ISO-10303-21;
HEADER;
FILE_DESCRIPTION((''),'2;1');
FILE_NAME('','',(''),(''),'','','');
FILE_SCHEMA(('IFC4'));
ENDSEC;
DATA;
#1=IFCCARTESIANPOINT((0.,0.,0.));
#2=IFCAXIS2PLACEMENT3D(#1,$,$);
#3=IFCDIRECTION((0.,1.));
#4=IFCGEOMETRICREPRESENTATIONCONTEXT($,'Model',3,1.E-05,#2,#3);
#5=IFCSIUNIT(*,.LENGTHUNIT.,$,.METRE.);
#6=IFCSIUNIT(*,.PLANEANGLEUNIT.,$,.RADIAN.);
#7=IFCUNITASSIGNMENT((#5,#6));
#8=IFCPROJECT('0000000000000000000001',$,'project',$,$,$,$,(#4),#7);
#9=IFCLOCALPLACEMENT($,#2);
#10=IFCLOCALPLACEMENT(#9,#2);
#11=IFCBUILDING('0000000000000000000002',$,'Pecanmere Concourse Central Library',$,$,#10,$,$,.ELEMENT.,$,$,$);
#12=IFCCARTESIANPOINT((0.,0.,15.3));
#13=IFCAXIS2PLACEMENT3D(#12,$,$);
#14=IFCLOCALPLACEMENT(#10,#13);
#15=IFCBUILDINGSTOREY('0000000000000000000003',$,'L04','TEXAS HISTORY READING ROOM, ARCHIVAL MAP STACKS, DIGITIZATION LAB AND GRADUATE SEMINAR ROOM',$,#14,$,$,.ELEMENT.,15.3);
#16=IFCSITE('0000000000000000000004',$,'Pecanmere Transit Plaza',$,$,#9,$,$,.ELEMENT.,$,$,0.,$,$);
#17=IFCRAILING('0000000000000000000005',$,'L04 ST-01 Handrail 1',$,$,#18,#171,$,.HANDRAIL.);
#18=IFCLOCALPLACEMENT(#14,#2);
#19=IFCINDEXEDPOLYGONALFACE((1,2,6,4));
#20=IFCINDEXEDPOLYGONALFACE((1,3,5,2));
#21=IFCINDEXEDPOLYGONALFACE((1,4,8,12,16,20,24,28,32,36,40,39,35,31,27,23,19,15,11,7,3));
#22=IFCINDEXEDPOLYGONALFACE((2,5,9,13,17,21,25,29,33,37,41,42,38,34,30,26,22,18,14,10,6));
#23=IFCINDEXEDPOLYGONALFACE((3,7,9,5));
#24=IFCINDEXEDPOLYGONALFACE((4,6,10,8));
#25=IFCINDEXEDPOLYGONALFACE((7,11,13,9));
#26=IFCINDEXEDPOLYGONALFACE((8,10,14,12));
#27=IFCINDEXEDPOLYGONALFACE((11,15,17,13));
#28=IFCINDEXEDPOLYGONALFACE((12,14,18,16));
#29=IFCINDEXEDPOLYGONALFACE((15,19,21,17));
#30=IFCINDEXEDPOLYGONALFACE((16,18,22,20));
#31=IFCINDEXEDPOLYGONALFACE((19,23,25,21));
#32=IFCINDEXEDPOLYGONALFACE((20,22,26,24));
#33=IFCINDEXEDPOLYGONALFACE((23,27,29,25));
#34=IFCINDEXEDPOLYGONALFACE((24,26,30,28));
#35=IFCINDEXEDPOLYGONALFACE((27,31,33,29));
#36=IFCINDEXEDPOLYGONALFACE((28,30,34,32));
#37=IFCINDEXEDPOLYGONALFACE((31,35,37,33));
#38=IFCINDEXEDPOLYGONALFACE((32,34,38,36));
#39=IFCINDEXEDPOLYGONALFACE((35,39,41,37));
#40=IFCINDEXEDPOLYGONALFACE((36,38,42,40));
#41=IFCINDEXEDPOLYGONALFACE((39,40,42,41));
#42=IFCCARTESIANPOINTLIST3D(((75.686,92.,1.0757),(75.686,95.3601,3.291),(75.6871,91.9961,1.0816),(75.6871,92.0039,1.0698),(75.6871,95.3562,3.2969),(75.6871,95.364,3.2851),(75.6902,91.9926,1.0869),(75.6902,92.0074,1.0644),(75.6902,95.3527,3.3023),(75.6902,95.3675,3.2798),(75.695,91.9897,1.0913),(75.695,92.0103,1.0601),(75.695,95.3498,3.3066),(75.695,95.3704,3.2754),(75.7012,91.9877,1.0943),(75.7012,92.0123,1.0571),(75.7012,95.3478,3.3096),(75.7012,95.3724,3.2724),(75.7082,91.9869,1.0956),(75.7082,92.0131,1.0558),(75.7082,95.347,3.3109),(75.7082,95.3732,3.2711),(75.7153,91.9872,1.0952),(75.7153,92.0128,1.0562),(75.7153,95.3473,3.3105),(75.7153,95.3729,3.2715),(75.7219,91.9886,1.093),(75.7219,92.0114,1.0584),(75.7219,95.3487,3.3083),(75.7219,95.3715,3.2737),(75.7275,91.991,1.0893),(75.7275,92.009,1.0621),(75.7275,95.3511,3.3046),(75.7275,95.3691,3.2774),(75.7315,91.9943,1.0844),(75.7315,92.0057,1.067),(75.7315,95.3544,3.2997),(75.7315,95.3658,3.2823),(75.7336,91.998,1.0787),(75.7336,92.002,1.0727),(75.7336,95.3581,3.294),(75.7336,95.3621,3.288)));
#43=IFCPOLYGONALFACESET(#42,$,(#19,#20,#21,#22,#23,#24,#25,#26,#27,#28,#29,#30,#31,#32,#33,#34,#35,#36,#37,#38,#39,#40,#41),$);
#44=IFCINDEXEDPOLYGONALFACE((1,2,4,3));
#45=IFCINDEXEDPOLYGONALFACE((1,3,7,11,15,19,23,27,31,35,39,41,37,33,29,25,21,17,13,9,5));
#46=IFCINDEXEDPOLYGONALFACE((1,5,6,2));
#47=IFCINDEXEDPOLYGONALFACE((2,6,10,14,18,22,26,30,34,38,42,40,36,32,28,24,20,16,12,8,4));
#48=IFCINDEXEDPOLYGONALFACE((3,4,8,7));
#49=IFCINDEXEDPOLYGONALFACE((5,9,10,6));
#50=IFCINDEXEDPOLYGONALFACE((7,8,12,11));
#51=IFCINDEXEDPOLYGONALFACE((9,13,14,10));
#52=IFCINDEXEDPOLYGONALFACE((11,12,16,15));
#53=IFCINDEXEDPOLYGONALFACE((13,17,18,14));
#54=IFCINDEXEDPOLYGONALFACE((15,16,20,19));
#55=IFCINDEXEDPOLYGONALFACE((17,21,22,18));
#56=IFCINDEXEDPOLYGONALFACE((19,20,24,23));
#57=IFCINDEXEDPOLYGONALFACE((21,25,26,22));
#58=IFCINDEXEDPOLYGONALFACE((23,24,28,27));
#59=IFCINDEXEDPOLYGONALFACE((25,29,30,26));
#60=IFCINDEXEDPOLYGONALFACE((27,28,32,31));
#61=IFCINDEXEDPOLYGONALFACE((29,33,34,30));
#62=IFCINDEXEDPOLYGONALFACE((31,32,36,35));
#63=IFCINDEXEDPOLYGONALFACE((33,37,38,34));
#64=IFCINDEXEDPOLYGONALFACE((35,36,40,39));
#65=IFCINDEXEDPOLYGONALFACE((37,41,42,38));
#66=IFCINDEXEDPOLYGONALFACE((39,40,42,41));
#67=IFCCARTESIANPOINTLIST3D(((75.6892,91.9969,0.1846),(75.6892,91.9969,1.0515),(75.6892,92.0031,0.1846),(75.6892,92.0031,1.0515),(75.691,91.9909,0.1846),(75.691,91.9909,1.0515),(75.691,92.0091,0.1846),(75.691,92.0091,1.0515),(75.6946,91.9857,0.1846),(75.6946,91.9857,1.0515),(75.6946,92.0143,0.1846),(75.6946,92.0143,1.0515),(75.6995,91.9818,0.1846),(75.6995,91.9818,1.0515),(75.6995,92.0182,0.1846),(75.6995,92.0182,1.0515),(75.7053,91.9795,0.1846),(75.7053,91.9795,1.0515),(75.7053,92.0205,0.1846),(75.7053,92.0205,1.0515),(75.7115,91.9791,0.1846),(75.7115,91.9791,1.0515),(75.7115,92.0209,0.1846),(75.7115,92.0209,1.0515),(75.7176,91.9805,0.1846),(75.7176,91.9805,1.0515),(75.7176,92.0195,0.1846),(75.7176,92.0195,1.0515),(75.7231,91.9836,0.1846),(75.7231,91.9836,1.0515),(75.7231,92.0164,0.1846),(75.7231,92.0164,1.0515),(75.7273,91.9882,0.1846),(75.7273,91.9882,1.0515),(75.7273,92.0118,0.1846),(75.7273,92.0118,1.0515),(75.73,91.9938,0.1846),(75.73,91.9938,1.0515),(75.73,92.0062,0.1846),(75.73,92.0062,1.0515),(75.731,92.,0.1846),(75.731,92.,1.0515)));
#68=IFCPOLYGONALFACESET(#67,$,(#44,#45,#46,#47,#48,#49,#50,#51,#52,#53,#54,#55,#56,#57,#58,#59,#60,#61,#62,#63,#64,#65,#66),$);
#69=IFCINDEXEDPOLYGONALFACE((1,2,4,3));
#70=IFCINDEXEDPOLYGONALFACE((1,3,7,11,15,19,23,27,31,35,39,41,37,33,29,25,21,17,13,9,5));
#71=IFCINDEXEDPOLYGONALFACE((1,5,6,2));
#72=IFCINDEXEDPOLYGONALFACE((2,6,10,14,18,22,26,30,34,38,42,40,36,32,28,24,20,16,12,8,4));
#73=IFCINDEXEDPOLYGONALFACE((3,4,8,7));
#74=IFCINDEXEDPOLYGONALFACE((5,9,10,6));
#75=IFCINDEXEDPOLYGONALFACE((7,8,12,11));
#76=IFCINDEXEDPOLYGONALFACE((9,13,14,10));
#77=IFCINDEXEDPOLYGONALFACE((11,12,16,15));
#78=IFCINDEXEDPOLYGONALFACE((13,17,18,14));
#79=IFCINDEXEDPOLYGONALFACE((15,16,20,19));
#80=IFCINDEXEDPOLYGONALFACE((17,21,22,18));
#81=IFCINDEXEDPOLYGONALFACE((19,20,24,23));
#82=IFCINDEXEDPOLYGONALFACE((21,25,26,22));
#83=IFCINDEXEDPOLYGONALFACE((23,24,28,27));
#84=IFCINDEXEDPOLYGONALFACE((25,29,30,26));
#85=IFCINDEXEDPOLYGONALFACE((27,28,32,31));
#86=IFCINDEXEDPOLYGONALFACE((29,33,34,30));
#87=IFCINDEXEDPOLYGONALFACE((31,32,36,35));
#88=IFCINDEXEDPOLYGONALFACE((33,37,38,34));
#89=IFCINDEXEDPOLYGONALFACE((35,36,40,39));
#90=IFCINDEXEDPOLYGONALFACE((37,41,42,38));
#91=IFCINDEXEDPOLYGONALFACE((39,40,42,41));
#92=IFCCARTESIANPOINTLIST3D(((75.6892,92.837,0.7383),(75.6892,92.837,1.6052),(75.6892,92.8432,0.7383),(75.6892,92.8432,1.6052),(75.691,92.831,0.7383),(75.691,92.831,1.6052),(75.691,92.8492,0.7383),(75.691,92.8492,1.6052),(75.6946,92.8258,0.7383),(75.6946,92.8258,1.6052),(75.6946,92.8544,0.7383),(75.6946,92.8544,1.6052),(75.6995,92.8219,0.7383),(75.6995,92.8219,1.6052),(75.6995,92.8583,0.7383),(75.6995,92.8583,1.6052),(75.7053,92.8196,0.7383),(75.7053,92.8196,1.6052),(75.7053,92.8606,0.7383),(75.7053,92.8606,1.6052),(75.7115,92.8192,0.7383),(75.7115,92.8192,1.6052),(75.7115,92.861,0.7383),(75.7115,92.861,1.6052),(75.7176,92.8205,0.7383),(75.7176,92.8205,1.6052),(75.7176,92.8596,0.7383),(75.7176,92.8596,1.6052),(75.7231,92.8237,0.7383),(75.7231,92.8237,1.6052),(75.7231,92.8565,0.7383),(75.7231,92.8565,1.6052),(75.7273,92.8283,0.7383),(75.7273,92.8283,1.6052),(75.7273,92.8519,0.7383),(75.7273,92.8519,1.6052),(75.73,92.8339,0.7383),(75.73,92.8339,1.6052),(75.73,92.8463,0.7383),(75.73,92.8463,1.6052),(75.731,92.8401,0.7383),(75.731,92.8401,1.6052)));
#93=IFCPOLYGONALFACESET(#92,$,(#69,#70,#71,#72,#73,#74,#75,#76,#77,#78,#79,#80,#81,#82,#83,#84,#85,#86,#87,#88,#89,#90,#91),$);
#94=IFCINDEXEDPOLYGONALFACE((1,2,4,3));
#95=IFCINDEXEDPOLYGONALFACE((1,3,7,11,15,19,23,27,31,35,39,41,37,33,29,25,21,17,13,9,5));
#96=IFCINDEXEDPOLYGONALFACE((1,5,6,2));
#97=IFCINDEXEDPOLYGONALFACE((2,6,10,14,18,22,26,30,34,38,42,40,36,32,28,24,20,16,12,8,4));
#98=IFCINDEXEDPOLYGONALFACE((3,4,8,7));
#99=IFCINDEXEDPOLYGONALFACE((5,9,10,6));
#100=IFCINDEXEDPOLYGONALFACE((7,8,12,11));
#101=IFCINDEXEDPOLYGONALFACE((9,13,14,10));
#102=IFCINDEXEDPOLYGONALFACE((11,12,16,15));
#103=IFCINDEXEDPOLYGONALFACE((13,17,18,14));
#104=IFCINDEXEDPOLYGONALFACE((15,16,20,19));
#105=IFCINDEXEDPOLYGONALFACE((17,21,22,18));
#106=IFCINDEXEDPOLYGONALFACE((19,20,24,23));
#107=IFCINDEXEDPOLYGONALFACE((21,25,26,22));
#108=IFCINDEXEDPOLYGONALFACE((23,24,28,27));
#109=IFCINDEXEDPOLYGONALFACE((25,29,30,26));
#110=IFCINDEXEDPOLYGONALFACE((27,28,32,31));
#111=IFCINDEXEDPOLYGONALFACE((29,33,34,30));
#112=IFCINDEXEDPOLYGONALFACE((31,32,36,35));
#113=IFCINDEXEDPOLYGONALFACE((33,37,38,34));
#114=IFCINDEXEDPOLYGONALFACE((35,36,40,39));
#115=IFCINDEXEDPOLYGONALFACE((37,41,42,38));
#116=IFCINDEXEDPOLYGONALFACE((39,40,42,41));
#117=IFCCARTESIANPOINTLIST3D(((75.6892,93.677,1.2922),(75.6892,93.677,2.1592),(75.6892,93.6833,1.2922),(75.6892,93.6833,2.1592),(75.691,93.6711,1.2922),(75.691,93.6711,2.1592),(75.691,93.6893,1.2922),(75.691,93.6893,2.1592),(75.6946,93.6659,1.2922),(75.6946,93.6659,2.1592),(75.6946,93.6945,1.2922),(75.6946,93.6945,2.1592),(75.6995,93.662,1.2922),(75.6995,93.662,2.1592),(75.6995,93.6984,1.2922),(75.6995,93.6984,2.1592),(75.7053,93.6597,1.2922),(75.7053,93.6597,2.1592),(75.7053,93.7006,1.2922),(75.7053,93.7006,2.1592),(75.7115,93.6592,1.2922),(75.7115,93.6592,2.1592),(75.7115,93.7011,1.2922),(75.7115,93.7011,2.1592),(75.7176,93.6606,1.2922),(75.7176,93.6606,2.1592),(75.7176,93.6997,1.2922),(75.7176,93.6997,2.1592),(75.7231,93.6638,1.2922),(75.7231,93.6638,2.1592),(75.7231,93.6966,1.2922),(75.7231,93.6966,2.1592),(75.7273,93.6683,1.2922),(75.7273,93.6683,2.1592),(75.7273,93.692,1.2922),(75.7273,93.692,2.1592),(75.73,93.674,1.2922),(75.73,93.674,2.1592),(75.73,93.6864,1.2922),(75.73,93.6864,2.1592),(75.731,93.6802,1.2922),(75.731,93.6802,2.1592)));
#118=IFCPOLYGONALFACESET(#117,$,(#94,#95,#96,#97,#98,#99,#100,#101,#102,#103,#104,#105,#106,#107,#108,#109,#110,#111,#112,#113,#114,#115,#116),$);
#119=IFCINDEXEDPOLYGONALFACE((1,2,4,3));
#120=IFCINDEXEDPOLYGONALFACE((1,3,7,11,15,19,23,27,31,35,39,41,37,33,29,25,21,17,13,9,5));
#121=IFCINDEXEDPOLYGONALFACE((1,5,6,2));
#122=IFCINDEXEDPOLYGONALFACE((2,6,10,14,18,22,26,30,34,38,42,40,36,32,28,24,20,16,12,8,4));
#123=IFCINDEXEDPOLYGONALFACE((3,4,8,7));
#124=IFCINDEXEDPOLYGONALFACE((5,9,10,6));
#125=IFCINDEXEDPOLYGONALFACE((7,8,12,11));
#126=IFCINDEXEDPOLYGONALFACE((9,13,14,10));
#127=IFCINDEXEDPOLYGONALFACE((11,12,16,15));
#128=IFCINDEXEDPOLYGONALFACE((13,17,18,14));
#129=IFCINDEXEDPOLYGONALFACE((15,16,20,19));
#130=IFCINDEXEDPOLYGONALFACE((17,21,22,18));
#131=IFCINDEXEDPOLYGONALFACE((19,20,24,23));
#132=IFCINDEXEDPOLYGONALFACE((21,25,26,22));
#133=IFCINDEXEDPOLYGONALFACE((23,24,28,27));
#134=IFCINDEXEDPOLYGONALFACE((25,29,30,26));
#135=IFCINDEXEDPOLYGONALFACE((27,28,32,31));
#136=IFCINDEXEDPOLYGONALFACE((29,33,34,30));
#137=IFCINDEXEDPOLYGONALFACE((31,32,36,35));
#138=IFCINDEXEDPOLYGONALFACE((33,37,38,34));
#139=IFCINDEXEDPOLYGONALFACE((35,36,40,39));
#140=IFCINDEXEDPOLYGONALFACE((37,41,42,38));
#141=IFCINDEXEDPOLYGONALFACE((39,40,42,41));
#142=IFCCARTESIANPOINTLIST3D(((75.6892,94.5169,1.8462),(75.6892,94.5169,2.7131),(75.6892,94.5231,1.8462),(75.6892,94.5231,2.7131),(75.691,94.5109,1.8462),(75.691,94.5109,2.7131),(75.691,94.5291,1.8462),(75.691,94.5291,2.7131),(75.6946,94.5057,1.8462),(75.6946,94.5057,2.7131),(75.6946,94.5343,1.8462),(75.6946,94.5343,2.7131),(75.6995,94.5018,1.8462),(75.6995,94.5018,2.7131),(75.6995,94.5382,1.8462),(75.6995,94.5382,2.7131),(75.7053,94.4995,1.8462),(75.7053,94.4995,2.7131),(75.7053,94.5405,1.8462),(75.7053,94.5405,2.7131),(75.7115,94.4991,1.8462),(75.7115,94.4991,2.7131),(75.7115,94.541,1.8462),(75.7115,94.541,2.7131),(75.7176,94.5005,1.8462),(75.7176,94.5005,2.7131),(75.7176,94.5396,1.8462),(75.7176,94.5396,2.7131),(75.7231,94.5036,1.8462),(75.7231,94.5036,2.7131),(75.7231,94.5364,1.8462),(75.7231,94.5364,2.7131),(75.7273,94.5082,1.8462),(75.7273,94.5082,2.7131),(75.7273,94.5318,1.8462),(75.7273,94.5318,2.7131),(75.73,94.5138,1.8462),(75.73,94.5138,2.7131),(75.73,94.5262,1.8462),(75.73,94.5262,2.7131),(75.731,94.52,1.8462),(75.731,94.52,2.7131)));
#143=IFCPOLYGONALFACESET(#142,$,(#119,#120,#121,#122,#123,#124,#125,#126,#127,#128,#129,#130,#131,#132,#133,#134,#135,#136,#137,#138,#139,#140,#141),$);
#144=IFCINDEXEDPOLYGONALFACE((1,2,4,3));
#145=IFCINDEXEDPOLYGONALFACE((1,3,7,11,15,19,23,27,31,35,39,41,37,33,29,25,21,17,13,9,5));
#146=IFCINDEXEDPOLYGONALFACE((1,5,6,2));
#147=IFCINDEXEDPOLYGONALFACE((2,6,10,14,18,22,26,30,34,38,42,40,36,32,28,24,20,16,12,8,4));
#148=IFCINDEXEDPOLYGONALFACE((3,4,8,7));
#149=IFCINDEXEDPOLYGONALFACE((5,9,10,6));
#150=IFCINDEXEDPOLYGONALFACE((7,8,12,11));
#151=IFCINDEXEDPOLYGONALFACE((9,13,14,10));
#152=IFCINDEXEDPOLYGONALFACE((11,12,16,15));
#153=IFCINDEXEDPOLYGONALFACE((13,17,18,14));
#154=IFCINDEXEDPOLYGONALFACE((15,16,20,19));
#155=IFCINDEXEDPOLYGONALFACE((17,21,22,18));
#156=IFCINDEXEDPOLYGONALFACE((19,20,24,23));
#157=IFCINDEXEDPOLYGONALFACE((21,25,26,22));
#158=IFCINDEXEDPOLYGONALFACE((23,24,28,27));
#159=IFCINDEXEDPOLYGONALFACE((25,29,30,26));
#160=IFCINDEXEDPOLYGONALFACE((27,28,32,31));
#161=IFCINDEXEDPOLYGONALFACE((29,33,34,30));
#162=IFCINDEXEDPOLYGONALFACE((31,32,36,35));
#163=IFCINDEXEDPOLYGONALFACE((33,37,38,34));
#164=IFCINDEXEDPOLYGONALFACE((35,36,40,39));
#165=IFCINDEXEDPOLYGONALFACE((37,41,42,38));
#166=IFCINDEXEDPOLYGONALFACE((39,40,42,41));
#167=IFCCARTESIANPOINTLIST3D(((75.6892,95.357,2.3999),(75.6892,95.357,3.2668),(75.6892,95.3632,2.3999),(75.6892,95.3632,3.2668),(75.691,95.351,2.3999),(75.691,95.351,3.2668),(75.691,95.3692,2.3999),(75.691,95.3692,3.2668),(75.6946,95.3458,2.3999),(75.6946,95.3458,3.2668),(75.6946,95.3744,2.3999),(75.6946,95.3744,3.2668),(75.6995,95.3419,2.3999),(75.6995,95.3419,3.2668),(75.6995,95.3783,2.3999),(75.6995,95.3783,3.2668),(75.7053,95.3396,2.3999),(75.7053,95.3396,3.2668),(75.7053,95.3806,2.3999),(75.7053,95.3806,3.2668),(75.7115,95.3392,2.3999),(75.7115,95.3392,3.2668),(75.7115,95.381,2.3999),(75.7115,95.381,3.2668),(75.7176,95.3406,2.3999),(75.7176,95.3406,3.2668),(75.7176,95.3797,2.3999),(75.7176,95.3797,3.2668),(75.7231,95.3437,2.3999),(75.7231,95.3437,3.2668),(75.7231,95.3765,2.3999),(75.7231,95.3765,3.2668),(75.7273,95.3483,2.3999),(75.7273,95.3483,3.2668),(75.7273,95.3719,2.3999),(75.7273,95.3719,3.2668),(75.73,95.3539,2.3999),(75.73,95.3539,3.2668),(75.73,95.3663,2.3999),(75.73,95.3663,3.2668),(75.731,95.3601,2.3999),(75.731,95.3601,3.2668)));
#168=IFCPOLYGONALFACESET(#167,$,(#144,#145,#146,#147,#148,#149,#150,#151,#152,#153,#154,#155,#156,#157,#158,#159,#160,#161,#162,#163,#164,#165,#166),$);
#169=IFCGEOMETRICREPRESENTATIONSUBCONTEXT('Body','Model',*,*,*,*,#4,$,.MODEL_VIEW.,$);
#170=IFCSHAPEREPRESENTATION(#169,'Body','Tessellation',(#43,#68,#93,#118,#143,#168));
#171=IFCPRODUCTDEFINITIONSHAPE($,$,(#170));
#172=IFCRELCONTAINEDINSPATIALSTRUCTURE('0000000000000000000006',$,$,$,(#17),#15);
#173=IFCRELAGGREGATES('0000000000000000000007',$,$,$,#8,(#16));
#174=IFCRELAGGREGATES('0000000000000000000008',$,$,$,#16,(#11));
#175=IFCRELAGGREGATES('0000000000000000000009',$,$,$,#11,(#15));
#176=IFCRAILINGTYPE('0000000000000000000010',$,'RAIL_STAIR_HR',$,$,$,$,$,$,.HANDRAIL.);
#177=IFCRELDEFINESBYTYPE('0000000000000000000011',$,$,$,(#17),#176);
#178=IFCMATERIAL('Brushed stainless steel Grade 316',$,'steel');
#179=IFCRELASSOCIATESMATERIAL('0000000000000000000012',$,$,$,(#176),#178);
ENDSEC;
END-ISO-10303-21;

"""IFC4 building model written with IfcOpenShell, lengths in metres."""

from ifc_helpers import new_model, si_unit, direction, frame, origin, origin_2d, place, context, subcontext, project, spatial, circle, extrude, material, type_object, element, save


model = new_model("IFC4")

# Units and contexts
model_context = context("Model", 3, precision=1e-05, world=origin(), true_north=direction((0.0, 1.0)))
body_context = subcontext(model_context, "Body", "Model", "MODEL_VIEW")
ifc_project = project(units=[si_unit("LENGTHUNIT", "METRE"), si_unit("PLANEANGLEUNIT", "RADIAN")], contexts=[model_context])

# Site, building, storey
site_placement = place(None, origin())
site = spatial("IfcSite", under=ifc_project, at=site_placement, Name="Pecanmere Transit Plaza", CompositionType="ELEMENT", RefElevation=0.0)
building_placement = place(site_placement, origin())
building = spatial("IfcBuilding", under=site, at=building_placement, Name="Pecanmere Concourse Central Library", CompositionType="ELEMENT")
storey_placement = place(building_placement, frame((0.0, 0.0, 15.3)))
storey = spatial("IfcBuildingStorey", under=building, at=storey_placement, Name="L04", Description="TEXAS HISTORY READING ROOM, ARCHIVAL MAP STACKS, DIGITIZATION LAB AND GRADUATE SEMINAR ROOM", CompositionType="ELEMENT", Elevation=15.3)

# Railing
ifc_material_1 = material(Name="Brushed stainless steel Grade 316", Category="steel")
railing_type_1 = type_object("IfcRailingType", Name="RAIL_STAIR_HR", PredefinedType="HANDRAIL", material=ifc_material_1)
railing_1_placement = place(storey_placement, frame((75.71, 92.0, 0.1846)))
element("IfcRailing", 1, at=railing_1_placement, inside=storey, type_object=railing_type_1, Name="L04 ST-01 Handrail 1", PredefinedType="HANDRAIL", context=body_context, shape_type="SweptSolid", body=[
    extrude(circle(Radius=0.0239, at=origin_2d()), frame((0.0, 0.0, 0.8911), z_axis=(0.0, 0.834876, 0.550437), x_axis=(-1.0, 0.0, 0.0)), (0.0, 0.0, 1.0), 4.0247),
    extrude(circle(Radius=0.021, at=origin_2d()), origin(), (0.0, 0.0, 1.0), 0.8669),
    extrude(circle(Radius=0.021, at=origin_2d()), frame((0.0, 0.8401, 0.5537)), (0.0, 0.0, 1.0), 0.8669),
    extrude(circle(Radius=0.021, at=origin_2d()), frame((0.0, 1.6802, 1.1077)), (0.0, 0.0, 1.0), 0.8669),
    extrude(circle(Radius=0.021, at=origin_2d()), frame((0.0, 2.52, 1.6616)), (0.0, 0.0, 1.0), 0.8669),
    extrude(circle(Radius=0.021, at=origin_2d()), frame((0.0, 3.3601, 2.2153)), (0.0, 0.0, 1.0), 0.8669),
])

save(model, "model.ifc")
